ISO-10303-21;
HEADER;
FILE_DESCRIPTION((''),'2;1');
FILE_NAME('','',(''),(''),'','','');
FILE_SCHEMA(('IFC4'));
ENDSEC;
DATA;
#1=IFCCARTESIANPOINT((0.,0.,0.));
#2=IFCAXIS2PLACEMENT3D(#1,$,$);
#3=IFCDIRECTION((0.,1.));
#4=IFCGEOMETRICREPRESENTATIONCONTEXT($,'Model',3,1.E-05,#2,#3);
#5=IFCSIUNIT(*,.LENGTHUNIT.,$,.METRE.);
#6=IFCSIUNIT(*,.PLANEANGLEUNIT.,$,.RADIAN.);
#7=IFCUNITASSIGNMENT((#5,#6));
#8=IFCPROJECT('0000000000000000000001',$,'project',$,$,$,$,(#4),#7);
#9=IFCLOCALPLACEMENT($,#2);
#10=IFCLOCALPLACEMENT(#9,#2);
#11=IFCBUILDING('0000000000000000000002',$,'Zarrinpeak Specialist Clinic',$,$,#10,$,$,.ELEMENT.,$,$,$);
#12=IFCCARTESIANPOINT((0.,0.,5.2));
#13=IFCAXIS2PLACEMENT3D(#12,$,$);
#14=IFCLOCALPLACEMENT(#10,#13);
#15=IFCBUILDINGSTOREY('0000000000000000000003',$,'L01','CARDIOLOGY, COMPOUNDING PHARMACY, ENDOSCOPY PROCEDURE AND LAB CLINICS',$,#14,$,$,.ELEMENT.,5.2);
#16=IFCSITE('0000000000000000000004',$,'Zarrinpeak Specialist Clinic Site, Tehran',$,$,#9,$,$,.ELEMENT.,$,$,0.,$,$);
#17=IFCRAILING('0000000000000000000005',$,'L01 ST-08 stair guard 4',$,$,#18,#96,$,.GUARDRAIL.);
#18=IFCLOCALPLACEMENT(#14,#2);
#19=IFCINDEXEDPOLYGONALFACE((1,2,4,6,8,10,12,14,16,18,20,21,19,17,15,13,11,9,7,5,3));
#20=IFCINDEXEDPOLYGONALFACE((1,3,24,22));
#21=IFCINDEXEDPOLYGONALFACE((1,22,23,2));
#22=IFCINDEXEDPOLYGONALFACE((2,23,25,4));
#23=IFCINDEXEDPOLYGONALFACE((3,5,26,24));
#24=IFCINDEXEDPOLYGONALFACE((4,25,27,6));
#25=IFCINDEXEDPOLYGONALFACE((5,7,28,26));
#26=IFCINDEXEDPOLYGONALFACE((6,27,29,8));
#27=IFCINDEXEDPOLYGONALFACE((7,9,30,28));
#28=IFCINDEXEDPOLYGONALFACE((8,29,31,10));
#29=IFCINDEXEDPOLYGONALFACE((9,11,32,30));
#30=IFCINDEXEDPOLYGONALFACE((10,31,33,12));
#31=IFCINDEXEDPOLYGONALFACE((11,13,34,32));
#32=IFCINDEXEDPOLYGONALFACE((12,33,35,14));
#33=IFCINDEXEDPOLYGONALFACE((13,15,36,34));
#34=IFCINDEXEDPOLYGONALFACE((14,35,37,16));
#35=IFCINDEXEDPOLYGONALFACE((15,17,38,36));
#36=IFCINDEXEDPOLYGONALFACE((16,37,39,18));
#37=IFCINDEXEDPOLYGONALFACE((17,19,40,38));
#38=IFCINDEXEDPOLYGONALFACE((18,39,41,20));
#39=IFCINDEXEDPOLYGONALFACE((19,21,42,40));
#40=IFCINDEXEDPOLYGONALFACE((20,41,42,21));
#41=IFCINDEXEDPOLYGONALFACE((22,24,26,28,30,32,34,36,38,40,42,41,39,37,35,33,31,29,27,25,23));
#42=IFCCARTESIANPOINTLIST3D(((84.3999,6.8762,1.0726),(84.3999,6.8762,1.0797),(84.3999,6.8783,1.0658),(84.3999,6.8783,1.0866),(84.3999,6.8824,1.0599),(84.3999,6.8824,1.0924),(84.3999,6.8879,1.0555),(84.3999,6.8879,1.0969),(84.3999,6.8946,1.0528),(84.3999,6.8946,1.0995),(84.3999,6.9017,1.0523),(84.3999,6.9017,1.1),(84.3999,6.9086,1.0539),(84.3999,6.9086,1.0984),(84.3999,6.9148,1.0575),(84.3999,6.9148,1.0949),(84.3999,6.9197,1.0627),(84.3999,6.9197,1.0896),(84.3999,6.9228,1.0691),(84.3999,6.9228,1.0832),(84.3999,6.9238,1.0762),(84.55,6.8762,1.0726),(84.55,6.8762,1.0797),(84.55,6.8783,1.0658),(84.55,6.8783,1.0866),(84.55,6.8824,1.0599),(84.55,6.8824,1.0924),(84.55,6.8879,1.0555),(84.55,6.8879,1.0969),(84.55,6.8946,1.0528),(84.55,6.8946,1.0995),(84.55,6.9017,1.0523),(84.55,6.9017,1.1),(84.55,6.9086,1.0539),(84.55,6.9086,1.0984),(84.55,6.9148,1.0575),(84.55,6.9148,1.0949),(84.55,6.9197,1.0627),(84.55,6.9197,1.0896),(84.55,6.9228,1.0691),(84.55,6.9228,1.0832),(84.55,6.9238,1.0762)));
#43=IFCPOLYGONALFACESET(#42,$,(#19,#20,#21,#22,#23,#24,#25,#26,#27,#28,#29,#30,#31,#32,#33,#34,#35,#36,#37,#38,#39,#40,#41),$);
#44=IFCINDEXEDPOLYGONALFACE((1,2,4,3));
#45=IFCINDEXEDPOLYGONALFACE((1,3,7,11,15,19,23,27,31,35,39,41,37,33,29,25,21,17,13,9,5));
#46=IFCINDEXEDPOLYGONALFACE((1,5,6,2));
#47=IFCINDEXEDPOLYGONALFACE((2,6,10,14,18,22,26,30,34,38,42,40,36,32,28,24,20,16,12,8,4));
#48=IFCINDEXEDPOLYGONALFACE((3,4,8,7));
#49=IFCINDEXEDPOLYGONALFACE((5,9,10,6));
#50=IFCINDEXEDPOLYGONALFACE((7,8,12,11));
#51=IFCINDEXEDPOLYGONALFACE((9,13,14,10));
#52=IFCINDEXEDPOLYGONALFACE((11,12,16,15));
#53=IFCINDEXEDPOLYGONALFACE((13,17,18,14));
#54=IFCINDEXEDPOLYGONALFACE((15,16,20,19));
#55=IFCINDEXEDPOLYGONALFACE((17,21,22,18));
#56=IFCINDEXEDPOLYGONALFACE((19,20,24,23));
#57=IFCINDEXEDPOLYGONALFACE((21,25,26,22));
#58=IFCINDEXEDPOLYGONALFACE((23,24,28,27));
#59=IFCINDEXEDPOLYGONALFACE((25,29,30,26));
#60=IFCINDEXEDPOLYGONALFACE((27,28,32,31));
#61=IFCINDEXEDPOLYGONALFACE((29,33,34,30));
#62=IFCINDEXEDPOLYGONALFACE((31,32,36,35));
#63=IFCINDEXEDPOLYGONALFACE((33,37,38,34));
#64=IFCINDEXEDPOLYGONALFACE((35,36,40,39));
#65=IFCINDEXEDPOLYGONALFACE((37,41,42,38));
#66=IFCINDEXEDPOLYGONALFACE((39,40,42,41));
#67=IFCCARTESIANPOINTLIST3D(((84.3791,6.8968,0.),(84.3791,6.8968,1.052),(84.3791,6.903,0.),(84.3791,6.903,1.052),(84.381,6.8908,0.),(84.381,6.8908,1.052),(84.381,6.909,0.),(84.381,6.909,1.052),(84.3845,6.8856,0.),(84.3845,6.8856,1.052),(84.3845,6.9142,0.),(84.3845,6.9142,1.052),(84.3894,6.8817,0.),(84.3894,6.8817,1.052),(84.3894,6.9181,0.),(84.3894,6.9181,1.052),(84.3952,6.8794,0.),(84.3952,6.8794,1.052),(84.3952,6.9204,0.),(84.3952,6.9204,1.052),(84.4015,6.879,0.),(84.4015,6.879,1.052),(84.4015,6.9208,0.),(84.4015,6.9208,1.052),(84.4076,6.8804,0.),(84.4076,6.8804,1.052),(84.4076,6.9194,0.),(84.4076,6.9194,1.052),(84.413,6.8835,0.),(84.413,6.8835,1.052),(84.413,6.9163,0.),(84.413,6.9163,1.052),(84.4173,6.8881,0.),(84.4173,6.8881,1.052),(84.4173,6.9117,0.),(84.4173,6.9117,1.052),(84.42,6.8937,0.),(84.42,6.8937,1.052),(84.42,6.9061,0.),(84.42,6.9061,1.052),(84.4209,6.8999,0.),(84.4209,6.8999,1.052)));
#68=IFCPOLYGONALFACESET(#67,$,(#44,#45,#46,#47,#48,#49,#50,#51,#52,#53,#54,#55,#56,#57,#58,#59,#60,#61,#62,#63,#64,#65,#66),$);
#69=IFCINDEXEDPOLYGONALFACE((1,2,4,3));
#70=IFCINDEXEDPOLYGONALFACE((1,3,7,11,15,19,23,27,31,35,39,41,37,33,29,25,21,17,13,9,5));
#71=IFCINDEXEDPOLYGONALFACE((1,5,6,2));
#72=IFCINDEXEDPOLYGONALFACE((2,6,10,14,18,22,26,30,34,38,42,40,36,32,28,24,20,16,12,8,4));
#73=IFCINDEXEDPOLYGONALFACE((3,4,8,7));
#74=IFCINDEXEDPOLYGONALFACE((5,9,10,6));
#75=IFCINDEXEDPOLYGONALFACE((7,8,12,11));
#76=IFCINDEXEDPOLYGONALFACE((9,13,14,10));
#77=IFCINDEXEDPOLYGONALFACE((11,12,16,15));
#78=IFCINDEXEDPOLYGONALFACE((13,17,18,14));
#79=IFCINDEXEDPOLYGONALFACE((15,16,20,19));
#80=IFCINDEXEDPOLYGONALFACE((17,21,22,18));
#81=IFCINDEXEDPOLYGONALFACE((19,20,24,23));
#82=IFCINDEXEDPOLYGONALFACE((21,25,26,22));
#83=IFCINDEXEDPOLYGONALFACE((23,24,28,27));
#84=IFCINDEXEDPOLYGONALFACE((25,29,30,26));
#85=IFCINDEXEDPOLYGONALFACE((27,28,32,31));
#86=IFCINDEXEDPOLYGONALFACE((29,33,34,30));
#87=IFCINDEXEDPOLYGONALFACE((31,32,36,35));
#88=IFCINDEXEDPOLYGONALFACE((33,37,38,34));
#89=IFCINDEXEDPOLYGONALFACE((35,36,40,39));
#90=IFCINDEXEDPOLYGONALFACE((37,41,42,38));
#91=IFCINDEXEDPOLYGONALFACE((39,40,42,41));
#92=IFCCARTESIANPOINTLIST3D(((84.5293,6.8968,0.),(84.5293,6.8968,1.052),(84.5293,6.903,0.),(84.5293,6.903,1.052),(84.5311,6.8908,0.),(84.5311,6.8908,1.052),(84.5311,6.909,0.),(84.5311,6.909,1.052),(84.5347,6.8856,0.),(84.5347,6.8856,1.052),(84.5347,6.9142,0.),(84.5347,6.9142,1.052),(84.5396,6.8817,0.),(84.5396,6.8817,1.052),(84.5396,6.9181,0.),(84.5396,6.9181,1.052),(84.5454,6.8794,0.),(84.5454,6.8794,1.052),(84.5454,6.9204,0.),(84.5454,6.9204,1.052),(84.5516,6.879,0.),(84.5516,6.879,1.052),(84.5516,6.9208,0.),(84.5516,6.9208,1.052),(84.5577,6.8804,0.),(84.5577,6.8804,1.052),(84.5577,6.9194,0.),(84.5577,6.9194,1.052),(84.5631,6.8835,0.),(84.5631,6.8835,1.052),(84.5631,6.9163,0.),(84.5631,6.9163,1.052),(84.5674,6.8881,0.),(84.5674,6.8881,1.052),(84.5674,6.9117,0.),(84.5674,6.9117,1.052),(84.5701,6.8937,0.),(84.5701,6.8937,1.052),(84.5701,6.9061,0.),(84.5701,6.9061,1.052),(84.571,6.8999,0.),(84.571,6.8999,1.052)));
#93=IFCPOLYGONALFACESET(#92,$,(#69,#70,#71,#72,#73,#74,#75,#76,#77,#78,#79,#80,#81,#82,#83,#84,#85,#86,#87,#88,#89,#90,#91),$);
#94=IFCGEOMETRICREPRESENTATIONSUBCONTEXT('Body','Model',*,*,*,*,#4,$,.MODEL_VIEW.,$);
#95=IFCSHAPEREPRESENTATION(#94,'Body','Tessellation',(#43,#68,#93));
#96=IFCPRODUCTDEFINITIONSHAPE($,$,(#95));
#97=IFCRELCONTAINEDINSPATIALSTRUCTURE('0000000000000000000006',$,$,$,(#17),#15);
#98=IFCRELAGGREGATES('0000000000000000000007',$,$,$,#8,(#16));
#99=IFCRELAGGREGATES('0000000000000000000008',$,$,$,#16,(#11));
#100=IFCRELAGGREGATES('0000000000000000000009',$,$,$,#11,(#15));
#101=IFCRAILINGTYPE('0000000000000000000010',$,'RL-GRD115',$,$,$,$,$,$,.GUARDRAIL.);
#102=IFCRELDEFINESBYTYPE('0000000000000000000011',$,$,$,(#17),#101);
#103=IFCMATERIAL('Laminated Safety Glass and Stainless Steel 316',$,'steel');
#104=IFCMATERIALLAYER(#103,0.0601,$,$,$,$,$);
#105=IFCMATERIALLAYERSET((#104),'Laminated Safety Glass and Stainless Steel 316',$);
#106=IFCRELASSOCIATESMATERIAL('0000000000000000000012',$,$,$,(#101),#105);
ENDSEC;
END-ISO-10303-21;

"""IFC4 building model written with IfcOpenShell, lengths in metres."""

from ifc_helpers import new_model, si_unit, direction, frame, origin, origin_2d, place, context, subcontext, project, spatial, circle, extrude, material, layer, layer_set, type_object, element, save


model = new_model("IFC4")

# Units and contexts
model_context = context("Model", 3, precision=1e-05, world=origin(), true_north=direction((0.0, 1.0)))
body_context = subcontext(model_context, "Body", "Model", "MODEL_VIEW")
ifc_project = project(units=[si_unit("LENGTHUNIT", "METRE"), si_unit("PLANEANGLEUNIT", "RADIAN")], contexts=[model_context])

# Site, building, storey
site_placement = place(None, origin())
site = spatial("IfcSite", under=ifc_project, at=site_placement, Name="Zarrinpeak Specialist Clinic Site, Tehran", CompositionType="ELEMENT", RefElevation=0.0)
building_placement = place(site_placement, origin())
building = spatial("IfcBuilding", under=site, at=building_placement, Name="Zarrinpeak Specialist Clinic", CompositionType="ELEMENT")
storey_placement = place(building_placement, frame((0.0, 0.0, 5.2)))
storey = spatial("IfcBuildingStorey", under=building, at=storey_placement, Name="L01", Description="CARDIOLOGY, COMPOUNDING PHARMACY, ENDOSCOPY PROCEDURE AND LAB CLINICS", CompositionType="ELEMENT", Elevation=5.2)

# Railing
ifc_material_1 = material(Name="Laminated Safety Glass and Stainless Steel 316", Category="steel")
ifc_layer_1 = layer(ifc_material_1, 0.0601)
ifc_layer_set_1 = layer_set([ifc_layer_1], Name="Laminated Safety Glass and Stainless Steel 316")
railing_type_1 = type_object("IfcRailingType", Name="RL-GRD115", PredefinedType="GUARDRAIL", material=ifc_layer_set_1)
railing_1_placement = place(storey_placement, frame((84.3999, 6.8999, 0.0)))
element("IfcRailing", 1, at=railing_1_placement, inside=storey, type_object=railing_type_1, Name="L01 ST-08 stair guard 4", PredefinedType="GUARDRAIL", context=body_context, shape_type="SweptSolid", body=[
    extrude(circle(Radius=0.0239, at=origin_2d()), frame((0.0, 0.0, 1.0762), z_axis=(1.0, 0.0, 0.0), x_axis=(0.0, 1.0, 0.0)), (0.0, 0.0, 1.0), 0.1501),
    extrude(circle(Radius=0.021, at=origin_2d()), origin(), (0.0, 0.0, 1.0), 1.052),
    extrude(circle(Radius=0.021, at=origin_2d()), frame((0.1501, 0.0, 0.0)), (0.0, 0.0, 1.0), 1.052),
])

save(model, "model.ifc")
